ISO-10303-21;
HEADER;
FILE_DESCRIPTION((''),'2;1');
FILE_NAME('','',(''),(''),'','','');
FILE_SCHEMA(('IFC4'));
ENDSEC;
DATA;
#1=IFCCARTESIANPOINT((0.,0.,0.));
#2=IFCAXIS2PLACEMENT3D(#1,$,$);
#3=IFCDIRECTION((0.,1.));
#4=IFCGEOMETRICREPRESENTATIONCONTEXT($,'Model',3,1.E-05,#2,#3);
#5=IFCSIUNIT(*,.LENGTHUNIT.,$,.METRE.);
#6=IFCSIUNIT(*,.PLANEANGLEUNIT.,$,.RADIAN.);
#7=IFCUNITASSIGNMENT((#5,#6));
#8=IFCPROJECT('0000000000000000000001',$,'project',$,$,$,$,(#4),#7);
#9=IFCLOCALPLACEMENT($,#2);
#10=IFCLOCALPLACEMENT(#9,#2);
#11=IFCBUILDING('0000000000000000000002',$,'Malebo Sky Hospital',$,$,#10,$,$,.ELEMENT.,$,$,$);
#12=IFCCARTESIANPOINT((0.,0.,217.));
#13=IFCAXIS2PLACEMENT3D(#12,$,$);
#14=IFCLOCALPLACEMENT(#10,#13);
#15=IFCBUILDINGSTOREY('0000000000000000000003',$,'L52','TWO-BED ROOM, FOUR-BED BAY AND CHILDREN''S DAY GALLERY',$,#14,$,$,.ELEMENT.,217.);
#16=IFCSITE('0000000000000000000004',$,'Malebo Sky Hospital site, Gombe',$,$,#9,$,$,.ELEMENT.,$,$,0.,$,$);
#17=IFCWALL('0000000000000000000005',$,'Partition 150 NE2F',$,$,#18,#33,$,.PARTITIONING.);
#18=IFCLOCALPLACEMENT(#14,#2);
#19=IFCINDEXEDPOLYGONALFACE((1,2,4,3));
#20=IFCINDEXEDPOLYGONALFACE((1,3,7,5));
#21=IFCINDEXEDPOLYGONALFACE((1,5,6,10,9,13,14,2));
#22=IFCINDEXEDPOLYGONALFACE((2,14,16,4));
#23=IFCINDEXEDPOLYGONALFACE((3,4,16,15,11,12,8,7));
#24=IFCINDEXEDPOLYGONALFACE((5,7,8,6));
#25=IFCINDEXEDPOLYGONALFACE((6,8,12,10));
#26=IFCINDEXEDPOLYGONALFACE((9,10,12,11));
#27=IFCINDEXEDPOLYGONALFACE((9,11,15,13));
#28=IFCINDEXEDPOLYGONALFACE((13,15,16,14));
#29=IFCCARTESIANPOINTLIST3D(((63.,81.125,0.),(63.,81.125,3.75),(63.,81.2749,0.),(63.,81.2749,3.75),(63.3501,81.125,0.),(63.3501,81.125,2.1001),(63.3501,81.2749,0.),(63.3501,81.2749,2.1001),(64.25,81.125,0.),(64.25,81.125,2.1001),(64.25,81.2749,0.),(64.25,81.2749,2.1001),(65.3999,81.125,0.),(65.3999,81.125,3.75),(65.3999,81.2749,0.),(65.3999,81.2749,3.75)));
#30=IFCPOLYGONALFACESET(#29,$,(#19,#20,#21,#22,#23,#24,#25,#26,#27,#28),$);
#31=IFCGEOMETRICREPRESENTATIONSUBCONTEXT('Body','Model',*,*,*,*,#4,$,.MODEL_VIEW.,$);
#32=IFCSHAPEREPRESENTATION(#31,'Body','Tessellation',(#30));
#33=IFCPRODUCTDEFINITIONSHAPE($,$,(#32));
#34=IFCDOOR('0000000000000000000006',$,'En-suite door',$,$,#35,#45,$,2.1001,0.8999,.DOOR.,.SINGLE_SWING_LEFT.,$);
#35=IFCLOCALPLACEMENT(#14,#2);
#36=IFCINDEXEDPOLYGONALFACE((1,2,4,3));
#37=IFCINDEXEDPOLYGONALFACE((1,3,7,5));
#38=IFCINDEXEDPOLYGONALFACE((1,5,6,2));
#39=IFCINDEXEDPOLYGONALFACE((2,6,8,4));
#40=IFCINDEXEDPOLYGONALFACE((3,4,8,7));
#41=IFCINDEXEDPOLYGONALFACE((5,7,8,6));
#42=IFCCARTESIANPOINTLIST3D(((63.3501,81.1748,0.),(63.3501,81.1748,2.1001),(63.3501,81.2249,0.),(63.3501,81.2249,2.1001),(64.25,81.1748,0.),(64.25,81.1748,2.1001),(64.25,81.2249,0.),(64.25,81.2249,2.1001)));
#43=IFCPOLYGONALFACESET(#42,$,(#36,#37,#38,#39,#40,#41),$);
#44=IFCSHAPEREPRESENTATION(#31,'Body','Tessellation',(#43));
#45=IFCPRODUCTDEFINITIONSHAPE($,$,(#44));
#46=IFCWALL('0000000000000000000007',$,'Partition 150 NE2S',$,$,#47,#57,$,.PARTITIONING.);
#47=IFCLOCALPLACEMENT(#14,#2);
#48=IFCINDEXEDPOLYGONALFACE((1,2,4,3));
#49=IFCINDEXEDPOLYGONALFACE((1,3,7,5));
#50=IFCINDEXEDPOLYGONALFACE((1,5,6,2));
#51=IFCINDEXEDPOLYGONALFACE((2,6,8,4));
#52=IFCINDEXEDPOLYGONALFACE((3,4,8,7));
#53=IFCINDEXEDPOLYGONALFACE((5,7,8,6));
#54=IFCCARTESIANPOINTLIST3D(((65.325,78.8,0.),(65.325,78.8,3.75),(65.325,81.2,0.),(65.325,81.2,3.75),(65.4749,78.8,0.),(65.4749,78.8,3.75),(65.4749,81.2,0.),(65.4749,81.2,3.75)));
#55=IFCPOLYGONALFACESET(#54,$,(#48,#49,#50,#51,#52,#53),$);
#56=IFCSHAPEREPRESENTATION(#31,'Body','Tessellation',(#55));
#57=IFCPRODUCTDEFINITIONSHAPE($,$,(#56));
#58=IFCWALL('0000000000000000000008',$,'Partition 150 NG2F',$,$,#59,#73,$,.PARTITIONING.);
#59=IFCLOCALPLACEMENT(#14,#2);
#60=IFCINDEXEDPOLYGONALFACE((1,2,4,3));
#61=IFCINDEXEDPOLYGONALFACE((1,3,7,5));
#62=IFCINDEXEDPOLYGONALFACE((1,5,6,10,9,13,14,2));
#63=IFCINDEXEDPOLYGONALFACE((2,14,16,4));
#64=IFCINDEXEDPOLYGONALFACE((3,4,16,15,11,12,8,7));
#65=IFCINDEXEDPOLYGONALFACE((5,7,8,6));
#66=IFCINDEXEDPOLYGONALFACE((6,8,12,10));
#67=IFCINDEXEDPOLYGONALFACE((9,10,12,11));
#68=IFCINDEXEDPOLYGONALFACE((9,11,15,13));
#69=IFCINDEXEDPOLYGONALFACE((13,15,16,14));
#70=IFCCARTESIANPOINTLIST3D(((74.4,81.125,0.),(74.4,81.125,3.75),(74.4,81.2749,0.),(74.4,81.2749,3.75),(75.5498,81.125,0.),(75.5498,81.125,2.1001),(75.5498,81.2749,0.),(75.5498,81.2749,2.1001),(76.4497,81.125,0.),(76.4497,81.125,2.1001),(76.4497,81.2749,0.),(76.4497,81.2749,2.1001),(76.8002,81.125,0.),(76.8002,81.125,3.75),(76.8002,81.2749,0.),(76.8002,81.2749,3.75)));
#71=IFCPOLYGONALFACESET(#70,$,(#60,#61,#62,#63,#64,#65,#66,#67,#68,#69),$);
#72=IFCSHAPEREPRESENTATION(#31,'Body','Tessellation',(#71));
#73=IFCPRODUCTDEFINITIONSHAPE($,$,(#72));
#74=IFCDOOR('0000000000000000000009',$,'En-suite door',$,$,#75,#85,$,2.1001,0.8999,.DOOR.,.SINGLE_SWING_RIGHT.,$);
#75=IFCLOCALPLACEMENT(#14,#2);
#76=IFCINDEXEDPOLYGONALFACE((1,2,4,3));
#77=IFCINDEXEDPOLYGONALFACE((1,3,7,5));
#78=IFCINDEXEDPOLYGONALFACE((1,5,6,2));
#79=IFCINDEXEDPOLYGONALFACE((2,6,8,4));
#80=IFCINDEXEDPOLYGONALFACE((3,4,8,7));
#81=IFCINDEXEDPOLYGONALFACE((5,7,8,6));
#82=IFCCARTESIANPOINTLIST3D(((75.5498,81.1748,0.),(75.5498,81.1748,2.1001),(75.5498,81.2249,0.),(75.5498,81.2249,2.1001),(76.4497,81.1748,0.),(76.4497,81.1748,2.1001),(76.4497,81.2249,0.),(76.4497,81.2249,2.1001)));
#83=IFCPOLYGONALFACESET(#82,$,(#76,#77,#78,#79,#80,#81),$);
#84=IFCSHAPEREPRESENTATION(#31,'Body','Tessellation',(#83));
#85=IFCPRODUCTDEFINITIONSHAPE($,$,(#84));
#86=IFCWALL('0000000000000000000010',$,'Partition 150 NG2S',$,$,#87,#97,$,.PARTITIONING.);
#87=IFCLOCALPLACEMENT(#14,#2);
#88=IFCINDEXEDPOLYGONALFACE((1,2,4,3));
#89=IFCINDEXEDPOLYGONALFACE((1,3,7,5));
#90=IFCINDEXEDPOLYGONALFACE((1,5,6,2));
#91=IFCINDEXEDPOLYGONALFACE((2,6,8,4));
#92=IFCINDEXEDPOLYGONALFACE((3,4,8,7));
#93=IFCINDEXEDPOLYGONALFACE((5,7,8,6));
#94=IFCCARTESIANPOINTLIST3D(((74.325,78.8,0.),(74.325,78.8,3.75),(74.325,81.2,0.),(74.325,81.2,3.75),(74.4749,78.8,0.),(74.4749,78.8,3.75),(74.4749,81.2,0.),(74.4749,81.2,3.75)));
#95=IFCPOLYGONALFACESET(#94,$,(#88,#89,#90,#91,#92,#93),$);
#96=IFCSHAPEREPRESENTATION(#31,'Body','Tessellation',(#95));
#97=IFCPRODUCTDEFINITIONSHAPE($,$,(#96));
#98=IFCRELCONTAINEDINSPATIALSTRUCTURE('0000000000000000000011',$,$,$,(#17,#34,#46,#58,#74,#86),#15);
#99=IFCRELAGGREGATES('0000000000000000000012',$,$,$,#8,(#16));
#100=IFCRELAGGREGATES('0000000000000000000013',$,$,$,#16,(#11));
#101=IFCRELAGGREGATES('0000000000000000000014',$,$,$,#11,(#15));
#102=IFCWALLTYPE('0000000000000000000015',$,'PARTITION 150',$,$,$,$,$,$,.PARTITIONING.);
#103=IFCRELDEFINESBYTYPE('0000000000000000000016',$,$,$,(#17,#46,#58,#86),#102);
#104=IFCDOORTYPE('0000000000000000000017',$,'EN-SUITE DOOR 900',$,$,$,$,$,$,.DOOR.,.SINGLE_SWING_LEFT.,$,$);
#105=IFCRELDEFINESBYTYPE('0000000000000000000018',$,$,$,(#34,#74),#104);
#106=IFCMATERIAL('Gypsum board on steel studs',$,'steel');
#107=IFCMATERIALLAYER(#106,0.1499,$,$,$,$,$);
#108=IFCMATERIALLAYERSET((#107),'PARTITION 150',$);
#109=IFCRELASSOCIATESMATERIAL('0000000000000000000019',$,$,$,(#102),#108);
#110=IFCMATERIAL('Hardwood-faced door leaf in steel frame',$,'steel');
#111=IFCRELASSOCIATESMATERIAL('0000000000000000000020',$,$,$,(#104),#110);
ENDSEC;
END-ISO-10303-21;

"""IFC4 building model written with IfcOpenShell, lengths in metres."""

from ifc_helpers import new_model, si_unit, direction, frame, frame_2d, origin, place, context, subcontext, project, spatial, rectangle, extrude, material, layer, layer_set, type_object, element, fill, save


model = new_model("IFC4")

# Units and contexts
model_context = context("Model", 3, precision=1e-05, world=origin(), true_north=direction((0.0, 1.0)))
body_context = subcontext(model_context, "Body", "Model", "MODEL_VIEW")
ifc_project = project(units=[si_unit("LENGTHUNIT", "METRE"), si_unit("PLANEANGLEUNIT", "RADIAN")], contexts=[model_context])

# Site, building, storey
site_placement = place(None, origin())
site = spatial("IfcSite", under=ifc_project, at=site_placement, Name="Malebo Sky Hospital site, Gombe", CompositionType="ELEMENT", RefElevation=0.0)
building_placement = place(site_placement, origin())
building = spatial("IfcBuilding", under=site, at=building_placement, Name="Malebo Sky Hospital", CompositionType="ELEMENT")
storey_placement = place(building_placement, frame((0.0, 0.0, 217.0)))
storey = spatial("IfcBuildingStorey", under=building, at=storey_placement, Name="L52", Description="TWO-BED ROOM, FOUR-BED BAY AND CHILDREN'S DAY GALLERY", CompositionType="ELEMENT", Elevation=217.0)

# Shared definitions
ifc_material_1 = material(Name="Gypsum board on steel studs", Category="steel")
ifc_layer_1 = layer(ifc_material_1, 0.1499)
ifc_layer_set_1 = layer_set([ifc_layer_1], Name="PARTITION 150")
wall_type = type_object("IfcWallType", Name="PARTITION 150", PredefinedType="PARTITIONING", material=ifc_layer_set_1)

# Wall, opening, door
wall_1_placement = place(storey_placement, frame((63.0, 81.2, 0.0), z_axis=(0.0, 0.0, 1.0), x_axis=(1.0, 0.0, 0.0)))
wall_1 = element("IfcWall", 1, at=wall_1_placement, inside=storey, type_object=wall_type, Name="Partition 150 NE2F", PredefinedType="PARTITIONING", context=body_context, shape_type="SweptSolid", body=[
    extrude(rectangle(XDim=2.3999, YDim=0.1499, at=frame_2d((1.2, 0.0))), origin(), (0.0, 0.0, 1.0), 3.75),
])
opening_1_placement = place(wall_1_placement, frame((0.3501, 0.0, 0.0)))
opening_1 = element("IfcOpeningElement", 2, at=opening_1_placement, cuts=wall_1, PredefinedType="OPENING", context=body_context, shape_type="SweptSolid", body=[
    extrude(rectangle(XDim=0.8999, YDim=2.1001, at=frame_2d((0.45, 1.05))), frame((0.0, 0.085, 0.0), z_axis=(0.0, -1.0, 0.0), x_axis=(1.0, 0.0, 0.0)), (0.0, 0.0, 1.0), 0.1699),
])
ifc_material_2 = material(Name="Hardwood-faced door leaf in steel frame", Category="steel")
door_type = type_object("IfcDoorType", Name="EN-SUITE DOOR 900", OperationType="SINGLE_SWING_LEFT", PredefinedType="DOOR", material=ifc_material_2)
door_1_placement = place(opening_1_placement, origin())
door_1 = element("IfcDoor", 3, at=door_1_placement, inside=storey, type_object=door_type, Name="En-suite door", OperationType="SINGLE_SWING_LEFT", OverallHeight=2.1001, OverallWidth=0.8999, PredefinedType="DOOR", context=body_context, shape_type="SweptSolid", body=[
    extrude(rectangle(XDim=0.8999, YDim=2.1001, at=frame_2d((0.45, 1.05))), frame((0.0, 0.0249, 0.0), z_axis=(0.0, -1.0, 0.0), x_axis=(1.0, 0.0, 0.0)), (0.0, 0.0, 1.0), 0.05),
])
fill(opening_1, door_1)

# Wall
wall_2_placement = place(storey_placement, frame((65.3999, 78.8, 0.0), z_axis=(0.0, 0.0, 1.0), x_axis=(0.0, 1.0, 0.0)))
element("IfcWall", 4, at=wall_2_placement, inside=storey, type_object=wall_type, Name="Partition 150 NE2S", PredefinedType="PARTITIONING", context=body_context, shape_type="SweptSolid", body=[
    extrude(rectangle(XDim=2.3999, YDim=0.1499, at=frame_2d((1.2, 0.0))), origin(), (0.0, 0.0, 1.0), 3.75),
])

# Wall, opening, door
wall_3_placement = place(storey_placement, frame((74.3999, 81.2, 0.0), z_axis=(0.0, 0.0, 1.0), x_axis=(1.0, 0.0, 0.0)))
wall_3 = element("IfcWall", 5, at=wall_3_placement, inside=storey, type_object=wall_type, Name="Partition 150 NG2F", PredefinedType="PARTITIONING", context=body_context, shape_type="SweptSolid", body=[
    extrude(rectangle(XDim=2.4001, YDim=0.1499, at=frame_2d((1.2002, 0.0))), origin(), (0.0, 0.0, 1.0), 3.75),
])
opening_2_placement = place(wall_3_placement, frame((1.1499, 0.0, 0.0)))
opening_2 = element("IfcOpeningElement", 6, at=opening_2_placement, cuts=wall_3, PredefinedType="OPENING", context=body_context, shape_type="SweptSolid", body=[
    extrude(rectangle(XDim=0.8999, YDim=2.1001, at=frame_2d((0.45, 1.05))), frame((0.0, 0.085, 0.0), z_axis=(0.0, -1.0, 0.0), x_axis=(1.0, 0.0, 0.0)), (0.0, 0.0, 1.0), 0.1699),
])
door_2_placement = place(opening_2_placement, origin())
door_2 = element("IfcDoor", 7, at=door_2_placement, inside=storey, type_object=door_type, Name="En-suite door", OperationType="SINGLE_SWING_RIGHT", OverallHeight=2.1001, OverallWidth=0.8999, PredefinedType="DOOR", context=body_context, shape_type="SweptSolid", body=[
    extrude(rectangle(XDim=0.8999, YDim=2.1001, at=frame_2d((0.45, 1.05))), frame((0.0, 0.0249, 0.0), z_axis=(0.0, -1.0, 0.0), x_axis=(1.0, 0.0, 0.0)), (0.0, 0.0, 1.0), 0.05),
])
fill(opening_2, door_2)

# Wall
wall_4_placement = place(storey_placement, frame((74.3999, 78.8, 0.0), z_axis=(0.0, 0.0, 1.0), x_axis=(0.0, 1.0, 0.0)))
element("IfcWall", 8, at=wall_4_placement, inside=storey, type_object=wall_type, Name="Partition 150 NG2S", PredefinedType="PARTITIONING", context=body_context, shape_type="SweptSolid", body=[
    extrude(rectangle(XDim=2.3999, YDim=0.1499, at=frame_2d((1.2, 0.0))), origin(), (0.0, 0.0, 1.0), 3.75),
])

save(model, "model.ifc")
